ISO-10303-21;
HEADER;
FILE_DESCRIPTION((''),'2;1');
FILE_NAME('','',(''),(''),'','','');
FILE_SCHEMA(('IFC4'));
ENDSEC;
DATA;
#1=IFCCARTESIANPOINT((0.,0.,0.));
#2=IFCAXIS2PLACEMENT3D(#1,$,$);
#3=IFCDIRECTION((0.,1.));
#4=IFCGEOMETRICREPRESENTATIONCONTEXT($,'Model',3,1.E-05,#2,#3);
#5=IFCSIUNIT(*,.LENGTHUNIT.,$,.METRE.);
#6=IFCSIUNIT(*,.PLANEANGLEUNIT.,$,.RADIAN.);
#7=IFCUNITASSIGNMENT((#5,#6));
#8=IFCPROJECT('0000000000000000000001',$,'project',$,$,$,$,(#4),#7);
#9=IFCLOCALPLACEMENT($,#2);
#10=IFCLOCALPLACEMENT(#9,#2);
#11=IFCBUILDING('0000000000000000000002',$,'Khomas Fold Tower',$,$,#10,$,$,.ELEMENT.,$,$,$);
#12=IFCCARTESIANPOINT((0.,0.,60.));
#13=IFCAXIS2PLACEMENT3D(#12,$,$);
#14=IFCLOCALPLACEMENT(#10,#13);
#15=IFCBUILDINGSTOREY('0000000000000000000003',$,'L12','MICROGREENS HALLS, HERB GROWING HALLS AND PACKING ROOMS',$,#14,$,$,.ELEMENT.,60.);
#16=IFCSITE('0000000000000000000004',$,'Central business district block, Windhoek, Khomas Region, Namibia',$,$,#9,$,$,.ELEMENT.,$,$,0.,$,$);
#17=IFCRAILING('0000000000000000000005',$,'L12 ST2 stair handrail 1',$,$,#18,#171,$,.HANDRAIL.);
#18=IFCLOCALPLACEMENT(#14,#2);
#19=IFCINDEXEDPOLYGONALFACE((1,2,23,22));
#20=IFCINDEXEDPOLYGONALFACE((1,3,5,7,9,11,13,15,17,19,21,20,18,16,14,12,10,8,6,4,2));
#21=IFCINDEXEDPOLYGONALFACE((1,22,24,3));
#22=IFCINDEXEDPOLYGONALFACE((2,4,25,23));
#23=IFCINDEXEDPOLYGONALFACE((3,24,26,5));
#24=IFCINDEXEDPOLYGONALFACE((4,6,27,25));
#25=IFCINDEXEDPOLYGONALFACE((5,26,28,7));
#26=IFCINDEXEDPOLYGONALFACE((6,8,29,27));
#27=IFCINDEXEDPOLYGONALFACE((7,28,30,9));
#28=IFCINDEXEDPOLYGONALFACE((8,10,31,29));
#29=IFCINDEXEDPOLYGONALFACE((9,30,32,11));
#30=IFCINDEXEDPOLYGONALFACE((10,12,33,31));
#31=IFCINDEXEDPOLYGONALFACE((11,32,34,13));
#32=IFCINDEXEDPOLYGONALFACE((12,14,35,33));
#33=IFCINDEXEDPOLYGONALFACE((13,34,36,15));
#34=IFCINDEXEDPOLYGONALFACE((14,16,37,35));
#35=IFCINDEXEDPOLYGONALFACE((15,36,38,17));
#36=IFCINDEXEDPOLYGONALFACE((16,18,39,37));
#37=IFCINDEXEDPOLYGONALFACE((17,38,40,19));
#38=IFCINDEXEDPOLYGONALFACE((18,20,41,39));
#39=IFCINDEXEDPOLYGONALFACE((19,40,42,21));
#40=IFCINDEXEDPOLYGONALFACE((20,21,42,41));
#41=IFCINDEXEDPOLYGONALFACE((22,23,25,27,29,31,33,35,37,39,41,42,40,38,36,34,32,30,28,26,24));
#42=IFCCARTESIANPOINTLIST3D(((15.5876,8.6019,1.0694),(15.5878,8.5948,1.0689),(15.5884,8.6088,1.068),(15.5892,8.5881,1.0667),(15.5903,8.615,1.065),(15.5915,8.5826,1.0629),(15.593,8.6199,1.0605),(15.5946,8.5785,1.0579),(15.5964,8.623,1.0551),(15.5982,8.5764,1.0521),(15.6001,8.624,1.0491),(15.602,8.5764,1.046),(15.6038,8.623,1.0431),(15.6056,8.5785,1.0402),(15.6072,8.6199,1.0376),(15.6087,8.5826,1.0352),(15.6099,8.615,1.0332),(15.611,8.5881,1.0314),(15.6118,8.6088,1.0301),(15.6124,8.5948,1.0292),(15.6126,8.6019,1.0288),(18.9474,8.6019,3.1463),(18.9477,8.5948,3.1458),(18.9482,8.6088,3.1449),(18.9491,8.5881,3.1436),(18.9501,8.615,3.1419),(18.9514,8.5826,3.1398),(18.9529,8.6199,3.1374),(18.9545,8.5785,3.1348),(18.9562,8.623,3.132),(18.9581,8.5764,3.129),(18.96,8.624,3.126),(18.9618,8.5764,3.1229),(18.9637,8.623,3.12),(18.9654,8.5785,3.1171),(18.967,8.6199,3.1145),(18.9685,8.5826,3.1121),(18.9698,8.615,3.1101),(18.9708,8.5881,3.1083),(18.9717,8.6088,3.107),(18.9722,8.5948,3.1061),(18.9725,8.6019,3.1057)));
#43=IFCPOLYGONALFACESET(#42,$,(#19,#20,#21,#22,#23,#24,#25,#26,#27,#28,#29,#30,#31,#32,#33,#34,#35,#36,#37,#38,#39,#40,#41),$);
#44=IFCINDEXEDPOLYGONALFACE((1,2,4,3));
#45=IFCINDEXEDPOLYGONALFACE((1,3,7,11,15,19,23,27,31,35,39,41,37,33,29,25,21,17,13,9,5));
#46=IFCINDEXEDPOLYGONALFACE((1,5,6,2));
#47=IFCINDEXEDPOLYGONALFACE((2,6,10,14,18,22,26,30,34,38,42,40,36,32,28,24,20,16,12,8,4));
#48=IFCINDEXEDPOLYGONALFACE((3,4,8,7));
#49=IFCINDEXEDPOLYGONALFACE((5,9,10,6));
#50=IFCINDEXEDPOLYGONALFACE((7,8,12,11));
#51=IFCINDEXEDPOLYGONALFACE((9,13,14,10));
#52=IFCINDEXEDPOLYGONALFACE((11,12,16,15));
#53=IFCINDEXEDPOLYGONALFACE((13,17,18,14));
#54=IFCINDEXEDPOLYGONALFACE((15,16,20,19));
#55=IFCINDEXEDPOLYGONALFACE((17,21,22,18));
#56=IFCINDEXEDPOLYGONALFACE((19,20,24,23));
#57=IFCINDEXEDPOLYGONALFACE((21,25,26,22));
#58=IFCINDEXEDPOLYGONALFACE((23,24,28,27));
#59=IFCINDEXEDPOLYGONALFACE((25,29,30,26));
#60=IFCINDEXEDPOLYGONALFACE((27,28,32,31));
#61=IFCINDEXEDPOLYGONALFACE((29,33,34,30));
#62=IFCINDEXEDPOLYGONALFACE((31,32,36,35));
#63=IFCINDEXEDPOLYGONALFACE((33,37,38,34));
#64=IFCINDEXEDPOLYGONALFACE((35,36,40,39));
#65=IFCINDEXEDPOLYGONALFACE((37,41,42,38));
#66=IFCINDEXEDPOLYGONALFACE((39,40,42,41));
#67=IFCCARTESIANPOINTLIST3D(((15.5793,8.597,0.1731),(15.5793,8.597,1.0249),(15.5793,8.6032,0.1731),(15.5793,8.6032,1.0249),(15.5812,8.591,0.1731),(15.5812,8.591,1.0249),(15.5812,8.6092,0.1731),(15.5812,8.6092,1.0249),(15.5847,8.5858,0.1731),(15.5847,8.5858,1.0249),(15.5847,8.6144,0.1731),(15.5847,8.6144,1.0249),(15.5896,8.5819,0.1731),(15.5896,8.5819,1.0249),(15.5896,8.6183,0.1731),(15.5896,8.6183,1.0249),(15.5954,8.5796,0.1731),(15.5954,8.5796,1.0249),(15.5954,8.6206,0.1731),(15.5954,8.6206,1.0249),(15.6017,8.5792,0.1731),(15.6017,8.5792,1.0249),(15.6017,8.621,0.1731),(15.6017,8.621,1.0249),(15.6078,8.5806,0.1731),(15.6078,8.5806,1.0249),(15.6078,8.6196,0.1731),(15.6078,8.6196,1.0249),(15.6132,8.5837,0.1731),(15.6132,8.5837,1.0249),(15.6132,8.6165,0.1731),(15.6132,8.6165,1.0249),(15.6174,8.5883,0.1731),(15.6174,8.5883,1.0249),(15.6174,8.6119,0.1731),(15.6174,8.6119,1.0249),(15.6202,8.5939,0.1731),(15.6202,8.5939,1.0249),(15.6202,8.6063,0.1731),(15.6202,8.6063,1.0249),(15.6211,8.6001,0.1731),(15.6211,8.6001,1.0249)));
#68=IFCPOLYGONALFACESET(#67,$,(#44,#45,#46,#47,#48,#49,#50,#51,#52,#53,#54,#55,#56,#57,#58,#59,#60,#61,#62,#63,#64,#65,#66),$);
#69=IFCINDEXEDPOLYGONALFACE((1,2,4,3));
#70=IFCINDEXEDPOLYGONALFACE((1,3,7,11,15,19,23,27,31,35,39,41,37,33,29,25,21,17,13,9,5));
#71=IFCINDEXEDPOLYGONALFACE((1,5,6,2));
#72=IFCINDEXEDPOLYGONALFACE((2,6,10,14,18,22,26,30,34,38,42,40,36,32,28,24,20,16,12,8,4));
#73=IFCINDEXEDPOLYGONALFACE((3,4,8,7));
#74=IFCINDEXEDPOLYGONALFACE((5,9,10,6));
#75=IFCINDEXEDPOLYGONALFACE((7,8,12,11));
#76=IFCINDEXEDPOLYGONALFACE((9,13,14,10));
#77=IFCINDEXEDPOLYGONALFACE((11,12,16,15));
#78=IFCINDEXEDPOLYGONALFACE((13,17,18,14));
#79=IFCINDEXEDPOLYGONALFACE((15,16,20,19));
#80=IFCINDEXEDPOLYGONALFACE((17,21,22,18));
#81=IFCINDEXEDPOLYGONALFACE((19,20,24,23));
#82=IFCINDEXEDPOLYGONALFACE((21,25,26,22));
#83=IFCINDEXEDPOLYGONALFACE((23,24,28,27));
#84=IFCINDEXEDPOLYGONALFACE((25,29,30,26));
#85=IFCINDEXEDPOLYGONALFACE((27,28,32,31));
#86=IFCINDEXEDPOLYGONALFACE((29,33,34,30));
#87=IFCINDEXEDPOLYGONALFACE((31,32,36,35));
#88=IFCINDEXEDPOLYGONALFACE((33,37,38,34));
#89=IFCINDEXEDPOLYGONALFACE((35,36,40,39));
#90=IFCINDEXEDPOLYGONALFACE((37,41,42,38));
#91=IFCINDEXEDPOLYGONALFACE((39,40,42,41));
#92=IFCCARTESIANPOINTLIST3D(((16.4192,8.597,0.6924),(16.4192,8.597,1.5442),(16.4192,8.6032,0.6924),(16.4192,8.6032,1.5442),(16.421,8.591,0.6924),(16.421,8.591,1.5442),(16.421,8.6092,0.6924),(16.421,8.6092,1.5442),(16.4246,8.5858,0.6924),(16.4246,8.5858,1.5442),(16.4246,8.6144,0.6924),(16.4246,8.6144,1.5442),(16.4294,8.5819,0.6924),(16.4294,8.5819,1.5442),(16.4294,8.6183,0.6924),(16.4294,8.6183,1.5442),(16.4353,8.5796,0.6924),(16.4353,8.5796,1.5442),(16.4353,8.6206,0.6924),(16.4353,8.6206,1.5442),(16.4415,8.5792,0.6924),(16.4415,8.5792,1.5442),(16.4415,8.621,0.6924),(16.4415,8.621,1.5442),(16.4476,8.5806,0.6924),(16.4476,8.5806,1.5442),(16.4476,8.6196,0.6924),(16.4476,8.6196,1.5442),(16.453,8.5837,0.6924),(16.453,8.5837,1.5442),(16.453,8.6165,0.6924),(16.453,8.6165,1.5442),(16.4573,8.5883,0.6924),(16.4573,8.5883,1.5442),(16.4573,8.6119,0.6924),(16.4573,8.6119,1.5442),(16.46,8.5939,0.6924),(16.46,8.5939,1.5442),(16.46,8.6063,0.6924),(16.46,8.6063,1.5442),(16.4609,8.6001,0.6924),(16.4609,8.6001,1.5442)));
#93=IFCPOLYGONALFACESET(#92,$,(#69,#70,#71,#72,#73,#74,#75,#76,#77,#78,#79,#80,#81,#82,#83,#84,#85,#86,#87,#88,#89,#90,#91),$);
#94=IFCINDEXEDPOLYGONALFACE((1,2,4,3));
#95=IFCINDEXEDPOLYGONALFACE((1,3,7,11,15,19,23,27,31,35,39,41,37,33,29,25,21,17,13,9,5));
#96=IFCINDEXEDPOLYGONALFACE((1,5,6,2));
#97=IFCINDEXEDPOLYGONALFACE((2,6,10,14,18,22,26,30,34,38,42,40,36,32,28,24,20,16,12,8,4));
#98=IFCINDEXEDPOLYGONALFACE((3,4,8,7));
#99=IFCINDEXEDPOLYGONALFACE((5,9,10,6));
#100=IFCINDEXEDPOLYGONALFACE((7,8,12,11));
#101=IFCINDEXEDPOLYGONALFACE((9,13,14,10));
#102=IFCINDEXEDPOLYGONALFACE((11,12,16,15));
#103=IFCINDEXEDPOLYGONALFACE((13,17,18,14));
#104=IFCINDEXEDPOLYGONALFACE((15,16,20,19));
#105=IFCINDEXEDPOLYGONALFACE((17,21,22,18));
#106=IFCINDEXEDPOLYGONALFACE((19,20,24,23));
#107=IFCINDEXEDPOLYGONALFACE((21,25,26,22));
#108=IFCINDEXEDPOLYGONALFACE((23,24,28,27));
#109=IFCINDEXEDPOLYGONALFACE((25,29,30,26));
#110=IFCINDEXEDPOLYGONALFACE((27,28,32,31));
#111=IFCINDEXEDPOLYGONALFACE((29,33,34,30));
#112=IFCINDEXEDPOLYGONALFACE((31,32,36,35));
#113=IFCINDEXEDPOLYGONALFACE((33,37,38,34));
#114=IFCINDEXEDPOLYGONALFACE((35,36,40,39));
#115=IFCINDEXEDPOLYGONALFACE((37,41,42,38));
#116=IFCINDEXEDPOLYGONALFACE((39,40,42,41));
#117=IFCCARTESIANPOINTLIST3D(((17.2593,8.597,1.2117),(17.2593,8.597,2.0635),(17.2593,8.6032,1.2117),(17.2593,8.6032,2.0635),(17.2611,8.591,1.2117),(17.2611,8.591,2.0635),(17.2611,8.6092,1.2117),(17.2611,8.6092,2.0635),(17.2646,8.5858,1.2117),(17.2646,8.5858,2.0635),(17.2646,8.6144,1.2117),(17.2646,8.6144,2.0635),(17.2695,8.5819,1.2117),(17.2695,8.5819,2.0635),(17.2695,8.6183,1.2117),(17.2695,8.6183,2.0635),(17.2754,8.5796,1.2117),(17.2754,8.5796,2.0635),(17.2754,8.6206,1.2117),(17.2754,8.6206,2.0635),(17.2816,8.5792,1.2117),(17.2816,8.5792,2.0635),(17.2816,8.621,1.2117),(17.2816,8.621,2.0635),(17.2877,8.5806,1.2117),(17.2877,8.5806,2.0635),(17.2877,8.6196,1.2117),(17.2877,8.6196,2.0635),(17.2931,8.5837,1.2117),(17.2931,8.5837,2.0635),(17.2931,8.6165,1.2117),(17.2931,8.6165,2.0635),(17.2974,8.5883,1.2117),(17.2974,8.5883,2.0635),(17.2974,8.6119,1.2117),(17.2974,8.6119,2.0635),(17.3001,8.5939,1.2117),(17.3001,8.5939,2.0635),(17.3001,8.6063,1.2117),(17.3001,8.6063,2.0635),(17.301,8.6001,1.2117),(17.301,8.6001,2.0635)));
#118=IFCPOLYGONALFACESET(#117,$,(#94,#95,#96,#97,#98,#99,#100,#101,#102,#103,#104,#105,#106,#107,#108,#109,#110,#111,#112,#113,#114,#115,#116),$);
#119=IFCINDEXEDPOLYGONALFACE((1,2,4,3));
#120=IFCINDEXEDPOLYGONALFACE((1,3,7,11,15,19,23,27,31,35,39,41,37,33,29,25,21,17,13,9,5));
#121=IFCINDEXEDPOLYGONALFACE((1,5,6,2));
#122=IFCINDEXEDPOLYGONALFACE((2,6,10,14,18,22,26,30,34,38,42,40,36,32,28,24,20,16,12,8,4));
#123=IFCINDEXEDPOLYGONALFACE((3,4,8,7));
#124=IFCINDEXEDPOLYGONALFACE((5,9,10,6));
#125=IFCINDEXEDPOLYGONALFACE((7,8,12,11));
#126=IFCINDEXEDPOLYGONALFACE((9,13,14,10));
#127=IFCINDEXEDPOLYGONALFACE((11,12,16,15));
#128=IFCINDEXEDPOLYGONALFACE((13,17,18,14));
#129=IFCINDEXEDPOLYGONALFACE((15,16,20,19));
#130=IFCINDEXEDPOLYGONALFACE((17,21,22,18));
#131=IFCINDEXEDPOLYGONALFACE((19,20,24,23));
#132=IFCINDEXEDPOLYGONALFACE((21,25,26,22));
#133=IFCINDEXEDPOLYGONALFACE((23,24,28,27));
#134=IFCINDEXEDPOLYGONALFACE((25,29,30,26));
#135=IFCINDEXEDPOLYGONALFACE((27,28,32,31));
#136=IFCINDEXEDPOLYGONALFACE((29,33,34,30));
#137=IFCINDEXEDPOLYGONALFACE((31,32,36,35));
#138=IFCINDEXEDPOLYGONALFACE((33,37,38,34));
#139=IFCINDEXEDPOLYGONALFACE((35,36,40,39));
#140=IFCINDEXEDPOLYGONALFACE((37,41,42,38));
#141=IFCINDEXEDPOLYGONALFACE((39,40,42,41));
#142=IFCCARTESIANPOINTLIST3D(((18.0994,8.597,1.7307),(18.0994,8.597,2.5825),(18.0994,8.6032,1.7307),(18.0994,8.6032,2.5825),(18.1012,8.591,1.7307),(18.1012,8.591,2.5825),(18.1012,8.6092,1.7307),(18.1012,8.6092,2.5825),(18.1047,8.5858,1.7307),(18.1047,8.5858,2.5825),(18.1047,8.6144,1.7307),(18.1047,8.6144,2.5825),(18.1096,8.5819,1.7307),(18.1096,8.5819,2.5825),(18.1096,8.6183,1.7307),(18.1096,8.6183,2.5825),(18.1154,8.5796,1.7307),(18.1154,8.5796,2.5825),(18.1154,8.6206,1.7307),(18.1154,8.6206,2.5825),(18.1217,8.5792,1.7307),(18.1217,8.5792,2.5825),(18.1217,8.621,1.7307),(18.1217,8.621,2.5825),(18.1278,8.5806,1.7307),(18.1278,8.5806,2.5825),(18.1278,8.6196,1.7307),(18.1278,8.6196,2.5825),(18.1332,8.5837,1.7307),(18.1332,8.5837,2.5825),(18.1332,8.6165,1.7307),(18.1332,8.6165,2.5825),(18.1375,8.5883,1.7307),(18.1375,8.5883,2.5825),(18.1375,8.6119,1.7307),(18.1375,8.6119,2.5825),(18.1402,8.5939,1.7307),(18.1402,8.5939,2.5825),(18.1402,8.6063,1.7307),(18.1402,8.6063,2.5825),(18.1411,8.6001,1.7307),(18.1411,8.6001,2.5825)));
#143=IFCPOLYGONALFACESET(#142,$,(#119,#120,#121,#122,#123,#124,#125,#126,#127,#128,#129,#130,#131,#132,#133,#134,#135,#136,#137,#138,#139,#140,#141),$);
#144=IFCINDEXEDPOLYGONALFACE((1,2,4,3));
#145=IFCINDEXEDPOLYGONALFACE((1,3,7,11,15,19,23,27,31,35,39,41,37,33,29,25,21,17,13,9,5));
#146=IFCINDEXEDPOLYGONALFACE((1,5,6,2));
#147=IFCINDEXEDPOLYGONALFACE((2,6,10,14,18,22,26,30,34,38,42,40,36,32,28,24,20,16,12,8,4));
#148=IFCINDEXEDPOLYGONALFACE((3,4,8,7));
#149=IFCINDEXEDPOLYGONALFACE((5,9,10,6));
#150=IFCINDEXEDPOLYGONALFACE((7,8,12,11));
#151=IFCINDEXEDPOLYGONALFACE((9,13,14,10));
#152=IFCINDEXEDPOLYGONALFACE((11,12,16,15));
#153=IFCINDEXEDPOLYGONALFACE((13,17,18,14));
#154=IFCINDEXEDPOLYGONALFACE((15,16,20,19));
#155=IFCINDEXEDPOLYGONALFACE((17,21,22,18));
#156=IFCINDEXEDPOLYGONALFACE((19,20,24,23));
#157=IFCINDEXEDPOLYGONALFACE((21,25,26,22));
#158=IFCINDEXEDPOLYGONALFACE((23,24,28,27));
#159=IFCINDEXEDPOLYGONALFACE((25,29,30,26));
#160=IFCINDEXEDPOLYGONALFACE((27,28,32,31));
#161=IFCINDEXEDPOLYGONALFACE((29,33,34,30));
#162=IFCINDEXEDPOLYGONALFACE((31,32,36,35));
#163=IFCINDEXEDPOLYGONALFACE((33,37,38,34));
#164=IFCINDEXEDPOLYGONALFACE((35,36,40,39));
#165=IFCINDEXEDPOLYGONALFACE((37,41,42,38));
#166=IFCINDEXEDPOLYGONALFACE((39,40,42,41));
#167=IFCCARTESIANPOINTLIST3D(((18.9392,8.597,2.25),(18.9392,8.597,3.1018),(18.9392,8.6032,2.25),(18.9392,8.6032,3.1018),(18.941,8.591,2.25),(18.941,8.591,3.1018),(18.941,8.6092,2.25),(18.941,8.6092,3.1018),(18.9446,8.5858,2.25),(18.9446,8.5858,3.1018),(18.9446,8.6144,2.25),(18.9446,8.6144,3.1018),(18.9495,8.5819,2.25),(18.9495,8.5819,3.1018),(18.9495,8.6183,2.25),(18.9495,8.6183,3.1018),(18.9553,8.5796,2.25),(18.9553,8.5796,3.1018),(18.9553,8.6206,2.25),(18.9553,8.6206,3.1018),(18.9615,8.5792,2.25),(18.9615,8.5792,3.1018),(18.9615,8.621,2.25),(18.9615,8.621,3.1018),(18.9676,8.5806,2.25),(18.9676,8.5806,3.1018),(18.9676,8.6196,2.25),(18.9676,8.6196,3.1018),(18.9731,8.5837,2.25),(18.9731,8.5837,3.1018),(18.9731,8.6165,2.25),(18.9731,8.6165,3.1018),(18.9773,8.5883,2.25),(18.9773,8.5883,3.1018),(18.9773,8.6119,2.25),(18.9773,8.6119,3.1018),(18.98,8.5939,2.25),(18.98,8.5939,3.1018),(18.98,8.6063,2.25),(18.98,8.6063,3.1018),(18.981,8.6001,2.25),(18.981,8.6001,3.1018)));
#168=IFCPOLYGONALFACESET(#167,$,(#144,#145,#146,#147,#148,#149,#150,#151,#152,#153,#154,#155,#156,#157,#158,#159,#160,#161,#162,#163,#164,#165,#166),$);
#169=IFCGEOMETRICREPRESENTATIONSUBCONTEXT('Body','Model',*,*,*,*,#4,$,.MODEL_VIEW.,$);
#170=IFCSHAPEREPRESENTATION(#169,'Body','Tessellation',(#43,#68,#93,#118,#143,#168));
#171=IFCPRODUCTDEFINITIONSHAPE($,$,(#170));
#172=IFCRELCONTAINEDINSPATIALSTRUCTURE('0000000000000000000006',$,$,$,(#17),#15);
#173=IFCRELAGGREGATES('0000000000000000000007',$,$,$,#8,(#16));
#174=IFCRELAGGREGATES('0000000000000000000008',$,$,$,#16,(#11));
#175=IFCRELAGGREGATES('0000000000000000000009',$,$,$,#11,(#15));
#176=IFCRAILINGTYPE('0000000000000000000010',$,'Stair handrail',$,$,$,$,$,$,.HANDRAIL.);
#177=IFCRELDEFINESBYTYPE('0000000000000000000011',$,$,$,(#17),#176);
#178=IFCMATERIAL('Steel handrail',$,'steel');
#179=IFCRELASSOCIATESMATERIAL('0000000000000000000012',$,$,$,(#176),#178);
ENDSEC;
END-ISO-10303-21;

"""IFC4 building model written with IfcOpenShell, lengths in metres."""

from ifc_helpers import new_model, si_unit, direction, frame, origin, origin_2d, place, context, subcontext, project, spatial, circle, extrude, source, transform, mapped, material, type_object, element, save


model = new_model("IFC4")

# Units and contexts
model_context = context("Model", 3, precision=1e-05, world=origin(), true_north=direction((0.0, 1.0)))
body_context = subcontext(model_context, "Body", "Model", "MODEL_VIEW")
ifc_project = project(units=[si_unit("LENGTHUNIT", "METRE"), si_unit("PLANEANGLEUNIT", "RADIAN")], contexts=[model_context])

# Site, building, storey
site_placement = place(None, origin())
site = spatial("IfcSite", under=ifc_project, at=site_placement, Name="Central business district block, Windhoek, Khomas Region, Namibia", CompositionType="ELEMENT", RefElevation=0.0)
building_placement = place(site_placement, origin())
building = spatial("IfcBuilding", under=site, at=building_placement, Name="Khomas Fold Tower", CompositionType="ELEMENT")
storey_placement = place(building_placement, frame((0.0, 0.0, 60.0)))
storey = spatial("IfcBuildingStorey", under=building, at=storey_placement, Name="L12", Description="MICROGREENS HALLS, HERB GROWING HALLS AND PACKING ROOMS", CompositionType="ELEMENT", Elevation=60.0)

# Railing
ifc_material_1 = material(Name="Steel handrail", Category="steel")
railing_type_1 = type_object("IfcRailingType", Name="Stair handrail", PredefinedType="HANDRAIL", material=ifc_material_1)
shared_shape_1 = source(origin(), body_context, "Body", "SweptSolid", [
    extrude(circle(Radius=0.0239, at=origin_2d()), frame((0.0, 0.0, 0.876), z_axis=(0.850606, 0.0, 0.525803), x_axis=(0.0, 1.0, 0.0)), (0.0, 0.0, 1.0), 3.95),
    extrude(circle(Radius=0.021, at=origin_2d()), origin(), (0.0, 0.0, 1.0), 0.8518),
    extrude(circle(Radius=0.021, at=origin_2d()), frame((0.8398, 0.0, 0.5193)), (0.0, 0.0, 1.0), 0.8518),
    extrude(circle(Radius=0.021, at=origin_2d()), frame((1.6799, 0.0, 1.0386)), (0.0, 0.0, 1.0), 0.8518),
    extrude(circle(Radius=0.021, at=origin_2d()), frame((2.52, 0.0, 1.5576)), (0.0, 0.0, 1.0), 0.8518),
    extrude(circle(Radius=0.021, at=origin_2d()), frame((3.3599, 0.0, 2.0769)), (0.0, 0.0, 1.0), 0.8518),
])
railing_1_placement = place(storey_placement, frame((15.6001, 8.6001, 0.1731)))
element("IfcRailing", 1, at=railing_1_placement, inside=storey, type_object=railing_type_1, Name="L12 ST2 stair handrail 1", PredefinedType="HANDRAIL", context=body_context, shape_type="MappedRepresentation", body=[
    mapped(shared_shape_1, transform((0.0, 0.0, 0.0))),
])

save(model, "model.ifc")
